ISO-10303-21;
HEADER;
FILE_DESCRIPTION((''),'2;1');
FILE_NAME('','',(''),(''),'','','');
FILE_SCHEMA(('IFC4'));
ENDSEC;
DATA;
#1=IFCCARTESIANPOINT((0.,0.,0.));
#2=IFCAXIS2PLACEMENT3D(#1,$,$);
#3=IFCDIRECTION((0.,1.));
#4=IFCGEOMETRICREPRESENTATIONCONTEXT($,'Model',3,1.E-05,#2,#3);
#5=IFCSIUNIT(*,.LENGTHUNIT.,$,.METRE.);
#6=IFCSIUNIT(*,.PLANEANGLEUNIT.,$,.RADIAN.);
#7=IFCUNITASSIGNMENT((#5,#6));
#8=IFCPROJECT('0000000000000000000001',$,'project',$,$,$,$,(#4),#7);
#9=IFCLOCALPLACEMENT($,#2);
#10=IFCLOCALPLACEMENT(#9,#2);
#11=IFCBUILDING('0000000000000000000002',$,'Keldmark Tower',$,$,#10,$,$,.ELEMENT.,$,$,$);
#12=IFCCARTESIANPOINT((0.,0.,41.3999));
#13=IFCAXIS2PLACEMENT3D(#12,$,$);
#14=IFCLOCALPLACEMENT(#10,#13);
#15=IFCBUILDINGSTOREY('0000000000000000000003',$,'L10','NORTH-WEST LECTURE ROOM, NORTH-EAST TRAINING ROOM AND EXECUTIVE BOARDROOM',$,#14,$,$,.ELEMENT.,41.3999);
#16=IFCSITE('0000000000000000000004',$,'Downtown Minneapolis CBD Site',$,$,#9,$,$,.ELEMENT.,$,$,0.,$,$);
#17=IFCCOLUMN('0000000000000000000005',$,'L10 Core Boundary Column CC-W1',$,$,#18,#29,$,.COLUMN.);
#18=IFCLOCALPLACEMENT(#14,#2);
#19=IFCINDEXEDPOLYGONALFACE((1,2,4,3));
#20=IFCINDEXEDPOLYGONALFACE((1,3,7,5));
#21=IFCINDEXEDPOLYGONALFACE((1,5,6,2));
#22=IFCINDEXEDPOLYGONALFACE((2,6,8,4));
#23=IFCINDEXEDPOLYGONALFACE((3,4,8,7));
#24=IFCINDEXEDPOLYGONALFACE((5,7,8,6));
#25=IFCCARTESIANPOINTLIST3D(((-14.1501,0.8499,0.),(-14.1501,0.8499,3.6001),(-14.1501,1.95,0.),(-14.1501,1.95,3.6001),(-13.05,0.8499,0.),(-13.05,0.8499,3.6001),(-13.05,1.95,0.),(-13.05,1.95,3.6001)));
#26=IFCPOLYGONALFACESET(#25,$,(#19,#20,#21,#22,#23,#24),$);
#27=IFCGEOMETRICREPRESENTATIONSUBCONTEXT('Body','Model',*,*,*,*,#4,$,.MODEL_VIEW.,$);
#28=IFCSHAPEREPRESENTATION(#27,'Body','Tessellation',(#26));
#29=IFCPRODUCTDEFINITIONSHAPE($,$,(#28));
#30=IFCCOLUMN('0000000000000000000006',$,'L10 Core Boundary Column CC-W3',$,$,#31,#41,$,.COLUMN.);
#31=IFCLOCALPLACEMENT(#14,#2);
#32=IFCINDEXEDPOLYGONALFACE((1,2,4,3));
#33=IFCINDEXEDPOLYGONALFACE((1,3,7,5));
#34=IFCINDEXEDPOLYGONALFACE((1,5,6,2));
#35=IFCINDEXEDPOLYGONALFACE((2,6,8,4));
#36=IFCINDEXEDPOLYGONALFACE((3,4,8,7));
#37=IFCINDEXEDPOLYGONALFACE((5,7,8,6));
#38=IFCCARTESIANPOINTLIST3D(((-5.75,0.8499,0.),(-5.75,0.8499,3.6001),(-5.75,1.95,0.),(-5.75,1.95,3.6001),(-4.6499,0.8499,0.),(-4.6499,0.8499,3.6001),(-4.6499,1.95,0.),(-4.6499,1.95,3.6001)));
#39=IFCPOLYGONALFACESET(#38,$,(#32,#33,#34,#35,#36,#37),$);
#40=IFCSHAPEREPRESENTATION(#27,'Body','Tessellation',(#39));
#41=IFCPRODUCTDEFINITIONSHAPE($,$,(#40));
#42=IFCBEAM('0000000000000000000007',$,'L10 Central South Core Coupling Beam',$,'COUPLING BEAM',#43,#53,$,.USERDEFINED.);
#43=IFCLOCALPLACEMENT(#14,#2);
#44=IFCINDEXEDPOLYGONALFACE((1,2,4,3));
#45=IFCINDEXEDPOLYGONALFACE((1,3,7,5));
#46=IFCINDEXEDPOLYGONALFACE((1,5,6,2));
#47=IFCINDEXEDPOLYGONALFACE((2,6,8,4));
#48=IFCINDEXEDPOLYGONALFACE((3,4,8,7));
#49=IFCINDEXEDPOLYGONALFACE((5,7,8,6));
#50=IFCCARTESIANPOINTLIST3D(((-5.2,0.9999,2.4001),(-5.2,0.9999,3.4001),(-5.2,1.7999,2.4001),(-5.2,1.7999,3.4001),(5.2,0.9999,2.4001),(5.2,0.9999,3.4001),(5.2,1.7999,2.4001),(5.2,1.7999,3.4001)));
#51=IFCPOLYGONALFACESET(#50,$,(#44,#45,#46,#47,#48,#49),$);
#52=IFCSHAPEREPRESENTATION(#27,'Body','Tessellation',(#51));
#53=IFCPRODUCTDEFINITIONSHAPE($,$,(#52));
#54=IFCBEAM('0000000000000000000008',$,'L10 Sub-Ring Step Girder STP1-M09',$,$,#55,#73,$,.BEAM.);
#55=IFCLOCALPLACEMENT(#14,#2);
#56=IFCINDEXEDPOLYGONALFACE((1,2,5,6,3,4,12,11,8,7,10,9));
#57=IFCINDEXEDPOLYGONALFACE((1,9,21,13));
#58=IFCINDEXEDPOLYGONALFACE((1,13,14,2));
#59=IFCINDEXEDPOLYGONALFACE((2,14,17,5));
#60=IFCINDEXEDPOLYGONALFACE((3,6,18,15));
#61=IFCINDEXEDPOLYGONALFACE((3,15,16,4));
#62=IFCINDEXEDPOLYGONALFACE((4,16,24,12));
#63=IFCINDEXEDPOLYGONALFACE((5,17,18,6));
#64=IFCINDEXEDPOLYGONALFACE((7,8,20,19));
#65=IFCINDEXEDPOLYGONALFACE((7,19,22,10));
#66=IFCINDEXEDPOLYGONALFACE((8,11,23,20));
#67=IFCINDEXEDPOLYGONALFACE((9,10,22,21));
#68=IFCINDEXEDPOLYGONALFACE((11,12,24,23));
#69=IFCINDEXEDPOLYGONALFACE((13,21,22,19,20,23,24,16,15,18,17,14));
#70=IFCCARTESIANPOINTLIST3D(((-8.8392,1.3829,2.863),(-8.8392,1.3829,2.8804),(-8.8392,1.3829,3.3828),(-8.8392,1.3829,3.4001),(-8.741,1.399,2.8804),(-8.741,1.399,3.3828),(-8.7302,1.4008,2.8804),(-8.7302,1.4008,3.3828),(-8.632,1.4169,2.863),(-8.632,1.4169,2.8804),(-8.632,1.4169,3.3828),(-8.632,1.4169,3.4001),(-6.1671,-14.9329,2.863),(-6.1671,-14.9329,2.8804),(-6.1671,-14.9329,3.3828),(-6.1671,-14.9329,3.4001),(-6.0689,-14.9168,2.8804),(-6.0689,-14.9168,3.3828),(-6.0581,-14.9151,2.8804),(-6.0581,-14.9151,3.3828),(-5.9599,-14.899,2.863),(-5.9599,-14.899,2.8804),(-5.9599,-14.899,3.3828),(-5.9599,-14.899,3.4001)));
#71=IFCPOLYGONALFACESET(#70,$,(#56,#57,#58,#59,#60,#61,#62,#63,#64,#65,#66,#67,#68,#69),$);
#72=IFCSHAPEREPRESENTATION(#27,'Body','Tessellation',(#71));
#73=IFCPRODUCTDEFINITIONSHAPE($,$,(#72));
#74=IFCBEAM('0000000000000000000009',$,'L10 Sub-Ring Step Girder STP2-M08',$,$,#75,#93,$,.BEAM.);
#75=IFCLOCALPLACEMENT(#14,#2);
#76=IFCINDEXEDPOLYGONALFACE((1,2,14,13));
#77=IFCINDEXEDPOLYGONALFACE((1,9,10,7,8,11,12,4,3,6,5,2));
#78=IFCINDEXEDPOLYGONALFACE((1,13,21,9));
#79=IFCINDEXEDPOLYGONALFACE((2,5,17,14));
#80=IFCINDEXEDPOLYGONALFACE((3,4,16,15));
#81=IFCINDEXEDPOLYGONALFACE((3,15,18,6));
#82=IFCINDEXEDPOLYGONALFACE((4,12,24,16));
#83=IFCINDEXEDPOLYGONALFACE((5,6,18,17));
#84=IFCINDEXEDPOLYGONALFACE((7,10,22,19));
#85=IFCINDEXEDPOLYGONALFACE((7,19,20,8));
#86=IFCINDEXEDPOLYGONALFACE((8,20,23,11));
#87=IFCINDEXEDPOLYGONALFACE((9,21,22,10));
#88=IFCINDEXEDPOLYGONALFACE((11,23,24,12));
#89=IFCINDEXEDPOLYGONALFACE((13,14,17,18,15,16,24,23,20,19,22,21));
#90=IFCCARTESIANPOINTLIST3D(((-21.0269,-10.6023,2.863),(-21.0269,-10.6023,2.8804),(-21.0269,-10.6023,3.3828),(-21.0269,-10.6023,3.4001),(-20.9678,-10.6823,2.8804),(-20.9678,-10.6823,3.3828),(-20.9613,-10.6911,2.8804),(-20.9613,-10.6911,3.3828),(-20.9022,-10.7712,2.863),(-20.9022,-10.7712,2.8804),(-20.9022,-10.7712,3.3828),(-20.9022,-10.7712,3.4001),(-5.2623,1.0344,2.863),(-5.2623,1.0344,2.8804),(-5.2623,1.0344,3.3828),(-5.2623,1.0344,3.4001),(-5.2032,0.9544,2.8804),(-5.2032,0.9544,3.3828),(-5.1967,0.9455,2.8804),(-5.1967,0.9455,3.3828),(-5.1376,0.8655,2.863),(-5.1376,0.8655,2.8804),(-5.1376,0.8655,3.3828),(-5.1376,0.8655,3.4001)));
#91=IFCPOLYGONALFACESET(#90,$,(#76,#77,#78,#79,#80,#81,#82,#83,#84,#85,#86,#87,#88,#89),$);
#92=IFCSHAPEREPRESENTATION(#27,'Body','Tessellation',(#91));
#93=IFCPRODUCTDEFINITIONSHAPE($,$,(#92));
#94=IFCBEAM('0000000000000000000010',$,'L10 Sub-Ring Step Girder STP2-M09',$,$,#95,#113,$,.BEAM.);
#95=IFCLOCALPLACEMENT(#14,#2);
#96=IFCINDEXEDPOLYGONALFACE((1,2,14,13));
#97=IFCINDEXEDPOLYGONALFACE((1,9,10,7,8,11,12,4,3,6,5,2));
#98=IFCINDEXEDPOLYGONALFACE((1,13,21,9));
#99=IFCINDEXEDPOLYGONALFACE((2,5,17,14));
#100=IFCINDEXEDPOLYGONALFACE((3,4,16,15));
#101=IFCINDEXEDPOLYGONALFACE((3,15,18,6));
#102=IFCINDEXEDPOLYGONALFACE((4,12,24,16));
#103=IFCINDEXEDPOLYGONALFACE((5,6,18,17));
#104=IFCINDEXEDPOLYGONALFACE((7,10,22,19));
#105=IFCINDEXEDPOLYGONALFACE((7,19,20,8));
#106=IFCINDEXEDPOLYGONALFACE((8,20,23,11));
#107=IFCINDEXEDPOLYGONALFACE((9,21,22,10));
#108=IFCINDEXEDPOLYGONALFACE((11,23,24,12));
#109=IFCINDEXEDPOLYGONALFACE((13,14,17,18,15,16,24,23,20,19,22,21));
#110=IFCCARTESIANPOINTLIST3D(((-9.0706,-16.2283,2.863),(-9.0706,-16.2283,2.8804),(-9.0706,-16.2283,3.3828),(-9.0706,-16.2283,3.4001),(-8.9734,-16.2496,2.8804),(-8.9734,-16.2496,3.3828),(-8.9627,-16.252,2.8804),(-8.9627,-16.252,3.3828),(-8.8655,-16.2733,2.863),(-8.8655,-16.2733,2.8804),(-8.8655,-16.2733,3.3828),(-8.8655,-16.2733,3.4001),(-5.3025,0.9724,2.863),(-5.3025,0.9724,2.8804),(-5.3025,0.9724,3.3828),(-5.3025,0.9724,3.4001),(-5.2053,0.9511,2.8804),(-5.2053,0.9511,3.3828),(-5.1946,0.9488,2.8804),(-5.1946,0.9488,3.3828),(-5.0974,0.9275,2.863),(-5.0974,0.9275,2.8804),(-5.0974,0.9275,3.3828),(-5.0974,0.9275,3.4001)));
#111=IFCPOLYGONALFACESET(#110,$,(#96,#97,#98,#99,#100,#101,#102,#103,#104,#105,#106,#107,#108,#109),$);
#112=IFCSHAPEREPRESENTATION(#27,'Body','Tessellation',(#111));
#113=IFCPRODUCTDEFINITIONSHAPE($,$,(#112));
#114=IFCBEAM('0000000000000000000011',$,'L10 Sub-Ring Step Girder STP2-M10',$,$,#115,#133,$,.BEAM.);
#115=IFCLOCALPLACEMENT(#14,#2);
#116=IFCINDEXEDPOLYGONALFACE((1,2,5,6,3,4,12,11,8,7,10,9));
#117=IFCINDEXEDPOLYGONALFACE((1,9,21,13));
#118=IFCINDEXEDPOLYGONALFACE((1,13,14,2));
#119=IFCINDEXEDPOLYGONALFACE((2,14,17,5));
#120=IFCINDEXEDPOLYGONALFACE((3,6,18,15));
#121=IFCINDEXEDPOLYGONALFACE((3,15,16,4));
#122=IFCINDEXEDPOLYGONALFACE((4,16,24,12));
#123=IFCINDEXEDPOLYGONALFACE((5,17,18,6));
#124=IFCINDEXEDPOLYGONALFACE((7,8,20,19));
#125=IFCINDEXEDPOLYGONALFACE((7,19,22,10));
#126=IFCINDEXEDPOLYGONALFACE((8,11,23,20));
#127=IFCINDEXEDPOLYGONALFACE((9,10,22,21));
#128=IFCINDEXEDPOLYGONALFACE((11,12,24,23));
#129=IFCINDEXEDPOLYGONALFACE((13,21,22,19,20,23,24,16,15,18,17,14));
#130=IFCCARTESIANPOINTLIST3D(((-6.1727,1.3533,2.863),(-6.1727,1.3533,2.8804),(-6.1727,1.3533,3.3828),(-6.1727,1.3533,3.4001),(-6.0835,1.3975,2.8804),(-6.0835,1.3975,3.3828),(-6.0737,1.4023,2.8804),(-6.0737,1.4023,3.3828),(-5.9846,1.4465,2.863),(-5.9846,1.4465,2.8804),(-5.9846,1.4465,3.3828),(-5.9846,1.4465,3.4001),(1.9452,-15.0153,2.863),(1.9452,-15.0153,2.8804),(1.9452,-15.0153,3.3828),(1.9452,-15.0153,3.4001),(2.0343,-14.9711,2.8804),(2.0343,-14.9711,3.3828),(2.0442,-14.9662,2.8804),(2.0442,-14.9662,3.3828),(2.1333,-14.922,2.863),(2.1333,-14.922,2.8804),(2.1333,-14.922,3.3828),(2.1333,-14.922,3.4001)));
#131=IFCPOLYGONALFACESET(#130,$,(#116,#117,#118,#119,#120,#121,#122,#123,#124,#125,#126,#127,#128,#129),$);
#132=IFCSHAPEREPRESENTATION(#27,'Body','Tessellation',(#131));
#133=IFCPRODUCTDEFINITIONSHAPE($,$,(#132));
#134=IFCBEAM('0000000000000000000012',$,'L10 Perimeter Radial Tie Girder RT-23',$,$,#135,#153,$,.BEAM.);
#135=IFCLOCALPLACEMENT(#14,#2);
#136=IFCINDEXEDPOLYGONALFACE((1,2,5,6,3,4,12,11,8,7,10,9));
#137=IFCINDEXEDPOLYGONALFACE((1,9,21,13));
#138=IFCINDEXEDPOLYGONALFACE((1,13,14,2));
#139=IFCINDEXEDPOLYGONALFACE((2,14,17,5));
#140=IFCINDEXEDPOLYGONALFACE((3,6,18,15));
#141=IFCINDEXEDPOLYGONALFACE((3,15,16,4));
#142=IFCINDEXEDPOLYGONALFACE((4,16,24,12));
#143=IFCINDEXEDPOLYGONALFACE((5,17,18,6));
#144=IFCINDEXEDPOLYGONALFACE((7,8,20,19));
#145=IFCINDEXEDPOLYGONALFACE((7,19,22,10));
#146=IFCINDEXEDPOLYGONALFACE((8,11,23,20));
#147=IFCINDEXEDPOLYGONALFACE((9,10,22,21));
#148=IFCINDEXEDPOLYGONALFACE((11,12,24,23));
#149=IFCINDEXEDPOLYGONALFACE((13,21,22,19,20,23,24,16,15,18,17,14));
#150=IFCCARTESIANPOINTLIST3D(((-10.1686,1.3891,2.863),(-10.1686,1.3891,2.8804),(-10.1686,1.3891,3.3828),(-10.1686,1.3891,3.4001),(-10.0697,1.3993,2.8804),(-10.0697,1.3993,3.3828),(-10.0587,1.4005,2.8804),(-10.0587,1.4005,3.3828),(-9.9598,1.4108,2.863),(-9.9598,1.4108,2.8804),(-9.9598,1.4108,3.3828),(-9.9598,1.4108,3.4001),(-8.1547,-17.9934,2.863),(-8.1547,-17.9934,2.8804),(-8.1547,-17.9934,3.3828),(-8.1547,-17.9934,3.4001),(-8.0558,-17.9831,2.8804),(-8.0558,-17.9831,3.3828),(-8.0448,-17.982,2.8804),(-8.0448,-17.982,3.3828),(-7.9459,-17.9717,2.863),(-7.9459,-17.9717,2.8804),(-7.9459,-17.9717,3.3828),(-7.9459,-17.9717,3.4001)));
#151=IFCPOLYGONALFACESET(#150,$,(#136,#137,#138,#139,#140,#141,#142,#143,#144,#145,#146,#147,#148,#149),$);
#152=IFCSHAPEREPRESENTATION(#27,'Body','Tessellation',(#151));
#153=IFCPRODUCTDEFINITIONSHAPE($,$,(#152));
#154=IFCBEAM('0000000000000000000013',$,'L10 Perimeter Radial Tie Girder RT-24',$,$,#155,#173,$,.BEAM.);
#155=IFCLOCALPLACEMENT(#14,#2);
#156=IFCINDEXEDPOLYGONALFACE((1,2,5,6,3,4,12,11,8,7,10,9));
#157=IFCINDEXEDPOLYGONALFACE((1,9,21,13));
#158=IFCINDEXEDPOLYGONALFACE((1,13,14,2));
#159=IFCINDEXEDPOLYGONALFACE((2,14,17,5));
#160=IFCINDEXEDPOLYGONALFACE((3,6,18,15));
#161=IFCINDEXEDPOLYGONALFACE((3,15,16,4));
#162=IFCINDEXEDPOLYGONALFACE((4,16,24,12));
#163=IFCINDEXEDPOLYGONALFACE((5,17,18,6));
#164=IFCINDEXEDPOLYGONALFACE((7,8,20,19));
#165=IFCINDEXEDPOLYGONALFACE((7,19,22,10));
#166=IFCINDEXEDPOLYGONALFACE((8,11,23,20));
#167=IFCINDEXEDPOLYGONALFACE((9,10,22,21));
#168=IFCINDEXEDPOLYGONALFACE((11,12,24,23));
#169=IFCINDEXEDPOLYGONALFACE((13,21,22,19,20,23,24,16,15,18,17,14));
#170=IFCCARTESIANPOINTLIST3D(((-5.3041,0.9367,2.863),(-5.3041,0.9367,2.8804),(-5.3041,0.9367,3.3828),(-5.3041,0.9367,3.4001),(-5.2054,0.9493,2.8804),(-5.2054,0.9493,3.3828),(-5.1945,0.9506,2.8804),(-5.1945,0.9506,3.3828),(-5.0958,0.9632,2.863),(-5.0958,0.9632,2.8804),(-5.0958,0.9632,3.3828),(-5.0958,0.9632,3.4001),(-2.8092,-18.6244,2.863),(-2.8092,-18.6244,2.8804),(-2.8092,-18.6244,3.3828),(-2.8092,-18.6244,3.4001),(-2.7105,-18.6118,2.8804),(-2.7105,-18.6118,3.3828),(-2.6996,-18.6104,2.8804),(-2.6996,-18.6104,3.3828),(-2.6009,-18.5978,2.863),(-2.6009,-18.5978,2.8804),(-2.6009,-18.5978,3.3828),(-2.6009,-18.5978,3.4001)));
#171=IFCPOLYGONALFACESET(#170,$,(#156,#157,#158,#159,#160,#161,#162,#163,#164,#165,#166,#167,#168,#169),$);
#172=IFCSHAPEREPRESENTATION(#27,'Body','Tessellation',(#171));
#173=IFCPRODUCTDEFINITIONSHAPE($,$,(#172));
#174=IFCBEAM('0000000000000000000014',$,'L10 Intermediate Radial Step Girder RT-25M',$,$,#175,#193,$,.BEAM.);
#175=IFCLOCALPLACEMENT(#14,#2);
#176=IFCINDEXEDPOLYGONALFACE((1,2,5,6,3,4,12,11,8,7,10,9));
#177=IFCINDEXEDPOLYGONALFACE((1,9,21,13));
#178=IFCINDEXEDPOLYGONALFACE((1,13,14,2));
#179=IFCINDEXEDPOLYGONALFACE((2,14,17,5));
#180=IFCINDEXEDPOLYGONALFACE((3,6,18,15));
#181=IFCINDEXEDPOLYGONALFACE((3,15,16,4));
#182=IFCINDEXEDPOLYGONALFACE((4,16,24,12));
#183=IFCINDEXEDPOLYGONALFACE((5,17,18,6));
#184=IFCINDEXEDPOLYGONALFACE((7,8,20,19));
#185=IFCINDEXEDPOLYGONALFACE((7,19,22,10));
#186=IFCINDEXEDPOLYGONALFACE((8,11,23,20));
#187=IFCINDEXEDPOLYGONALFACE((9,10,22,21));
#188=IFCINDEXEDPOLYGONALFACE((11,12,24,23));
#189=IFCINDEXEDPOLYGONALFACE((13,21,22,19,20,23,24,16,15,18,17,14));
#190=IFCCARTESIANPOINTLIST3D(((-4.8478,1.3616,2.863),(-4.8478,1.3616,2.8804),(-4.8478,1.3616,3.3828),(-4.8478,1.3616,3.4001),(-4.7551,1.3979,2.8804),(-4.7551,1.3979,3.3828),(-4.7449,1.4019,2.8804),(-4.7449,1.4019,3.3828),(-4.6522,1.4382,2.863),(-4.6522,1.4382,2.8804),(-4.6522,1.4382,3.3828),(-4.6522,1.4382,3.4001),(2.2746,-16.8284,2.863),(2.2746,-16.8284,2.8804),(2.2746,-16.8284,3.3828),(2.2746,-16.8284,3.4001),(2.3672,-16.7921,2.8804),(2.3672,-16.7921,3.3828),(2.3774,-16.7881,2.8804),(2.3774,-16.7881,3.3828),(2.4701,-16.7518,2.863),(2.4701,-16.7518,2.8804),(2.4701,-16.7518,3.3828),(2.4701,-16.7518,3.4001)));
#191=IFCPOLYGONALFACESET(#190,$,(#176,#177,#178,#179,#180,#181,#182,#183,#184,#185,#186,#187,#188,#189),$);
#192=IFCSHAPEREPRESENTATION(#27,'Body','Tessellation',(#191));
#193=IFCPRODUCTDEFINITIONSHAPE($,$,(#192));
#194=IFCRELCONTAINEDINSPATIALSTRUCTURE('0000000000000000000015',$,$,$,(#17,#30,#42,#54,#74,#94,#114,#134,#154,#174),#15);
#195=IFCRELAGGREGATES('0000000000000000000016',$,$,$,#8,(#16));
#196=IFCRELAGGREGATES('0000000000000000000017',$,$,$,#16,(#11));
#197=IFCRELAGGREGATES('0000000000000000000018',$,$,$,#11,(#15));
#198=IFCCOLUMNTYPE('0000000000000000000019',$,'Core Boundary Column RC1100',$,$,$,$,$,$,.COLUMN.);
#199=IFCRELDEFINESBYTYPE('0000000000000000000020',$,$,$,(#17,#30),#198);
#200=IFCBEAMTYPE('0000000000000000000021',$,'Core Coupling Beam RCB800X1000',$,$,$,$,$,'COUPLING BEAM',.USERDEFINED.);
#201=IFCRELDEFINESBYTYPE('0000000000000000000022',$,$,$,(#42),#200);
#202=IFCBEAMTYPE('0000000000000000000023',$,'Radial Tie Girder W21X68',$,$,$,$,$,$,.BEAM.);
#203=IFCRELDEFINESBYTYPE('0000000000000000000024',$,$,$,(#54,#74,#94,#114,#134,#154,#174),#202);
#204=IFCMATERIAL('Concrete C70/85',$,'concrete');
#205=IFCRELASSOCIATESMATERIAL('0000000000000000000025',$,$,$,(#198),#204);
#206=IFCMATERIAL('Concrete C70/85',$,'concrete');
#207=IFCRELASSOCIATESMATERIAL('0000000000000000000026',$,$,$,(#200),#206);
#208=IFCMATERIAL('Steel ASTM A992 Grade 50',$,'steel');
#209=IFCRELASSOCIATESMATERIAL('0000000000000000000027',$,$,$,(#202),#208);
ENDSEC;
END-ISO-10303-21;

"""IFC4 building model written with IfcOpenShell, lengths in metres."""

from ifc_helpers import new_model, si_unit, direction, frame, origin, origin_2d, place, context, subcontext, project, spatial, rectangle, i_section, extrude, material, material_profile, profile_set, type_object, element, save


model = new_model("IFC4")

# Units and contexts
model_context = context("Model", 3, precision=1e-05, world=origin(), true_north=direction((0.0, 1.0)))
body_context = subcontext(model_context, "Body", "Model", "MODEL_VIEW")
ifc_project = project(units=[si_unit("LENGTHUNIT", "METRE"), si_unit("PLANEANGLEUNIT", "RADIAN")], contexts=[model_context])

# Site, building, storey
site_placement = place(None, origin())
site = spatial("IfcSite", under=ifc_project, at=site_placement, Name="Downtown Minneapolis CBD Site", CompositionType="ELEMENT", RefElevation=0.0)
building_placement = place(site_placement, origin())
building = spatial("IfcBuilding", under=site, at=building_placement, Name="Keldmark Tower", CompositionType="ELEMENT")
storey_placement = place(building_placement, frame((0.0, 0.0, 41.3999)))
storey = spatial("IfcBuildingStorey", under=building, at=storey_placement, Name="L10", Description="NORTH-WEST LECTURE ROOM, NORTH-EAST TRAINING ROOM AND EXECUTIVE BOARDROOM", CompositionType="ELEMENT", Elevation=41.3999)

# Columns
ifc_material_1 = material(Name="Concrete C70/85", Category="concrete")
ifc_material_profile_1 = material_profile(ifc_material_1, rectangle(XDim=1.1001, YDim=1.1001, at=origin_2d()), Name="RC1100X1100")
ifc_profile_set_1 = profile_set([ifc_material_profile_1], Name="Concrete C70/85")
column_type = type_object("IfcColumnType", Name="Core Boundary Column RC1100", PredefinedType="COLUMN", material=ifc_profile_set_1)
for number, where, z_axis, x_axis, name in (
    (1, (-13.6001, 1.3999, 0.0), (0.0, 0.0, 1.0), (1.0, 0.0, 0.0), "L10 Core Boundary Column CC-W1"),
    (2, (-5.2, 1.3999, 0.0), (0.0, 0.0, 1.0), (1.0, 0.0, 0.0), "L10 Core Boundary Column CC-W3"),
):
    element("IfcColumn", number, at=place(storey_placement, frame(where, z_axis=z_axis, x_axis=x_axis)), inside=storey, type_object=column_type, Name=name, PredefinedType="COLUMN", context=body_context, shape_type="SweptSolid", body=[
        extrude(rectangle(XDim=1.1001, YDim=1.1001, at=origin_2d()), origin(), (0.0, 0.0, 1.0), 3.6001),
    ])

# Beams
ifc_material_2 = material(Name="Concrete C70/85", Category="concrete")
ifc_material_profile_2 = material_profile(ifc_material_2, rectangle(XDim=0.8, YDim=1.0, at=origin_2d()), Name="RCB800X1000")
ifc_profile_set_2 = profile_set([ifc_material_profile_2], Name="Concrete C70/85")
beam_type_1 = type_object("IfcBeamType", Name="Core Coupling Beam RCB800X1000", ElementType="COUPLING BEAM", PredefinedType="USERDEFINED", material=ifc_profile_set_2)
beam_1_placement = place(storey_placement, frame((-5.2, 1.3999, 2.9001), z_axis=(1.0, 0.0, 0.0), x_axis=(0.0, 1.0, 0.0)))
element("IfcBeam", 3, at=beam_1_placement, inside=storey, type_object=beam_type_1, Name="L10 Central South Core Coupling Beam", ObjectType="COUPLING BEAM", PredefinedType="USERDEFINED", context=body_context, shape_type="SweptSolid", body=[
    extrude(rectangle(XDim=0.8, YDim=1.0, at=origin_2d()), origin(), (0.0, 0.0, 1.0), 10.3999),
])
ifc_material_3 = material(Name="Steel ASTM A992 Grade 50", Category="steel")
ifc_material_profile_3 = material_profile(ifc_material_3, i_section(OverallWidth=0.21, OverallDepth=0.5371, WebThickness=0.011, FlangeThickness=0.0173, at=origin_2d()), Name="W21X68")
ifc_profile_set_3 = profile_set([ifc_material_profile_3], Name="Steel ASTM A992 Grade 50")
beam_type_2 = type_object("IfcBeamType", Name="Radial Tie Girder W21X68", PredefinedType="BEAM", material=ifc_profile_set_3)
beam_2_placement = place(storey_placement, frame((-8.7356, 1.3999, 3.1316), z_axis=(0.161621, -0.986853, 0.0), x_axis=(0.986853, 0.161621, 0.0)))
element("IfcBeam", 4, at=beam_2_placement, inside=storey, type_object=beam_type_2, Name="L10 Sub-Ring Step Girder STP1-M09", PredefinedType="BEAM", context=body_context, shape_type="SweptSolid", body=[
    extrude(i_section(OverallWidth=0.21, OverallDepth=0.5371, WebThickness=0.011, FlangeThickness=0.0173, at=origin_2d()), origin(), (0.0, 0.0, 1.0), 16.5332),
])
beam_3_placement = place(storey_placement, frame((-5.2, 0.95, 3.1316), z_axis=(-0.804552, -0.593882, 0.0), x_axis=(0.593882, -0.804552, 0.0)))
element("IfcBeam", 5, at=beam_3_placement, inside=storey, type_object=beam_type_2, Name="L10 Sub-Ring Step Girder STP2-M08", PredefinedType="BEAM", context=body_context, shape_type="SweptSolid", body=[
    extrude(i_section(OverallWidth=0.21, OverallDepth=0.5371, WebThickness=0.011, FlangeThickness=0.0173, at=origin_2d()), origin(), (0.0, 0.0, 1.0), 19.5942),
])
beam_4_placement = place(storey_placement, frame((-5.2, 0.95, 3.1316), z_axis=(-0.21399, -0.976836, 0.0), x_axis=(0.976836, -0.21399, 0.0)))
element("IfcBeam", 6, at=beam_4_placement, inside=storey, type_object=beam_type_2, Name="L10 Sub-Ring Step Girder STP2-M09", PredefinedType="BEAM", context=body_context, shape_type="SweptSolid", body=[
    extrude(i_section(OverallWidth=0.21, OverallDepth=0.5371, WebThickness=0.011, FlangeThickness=0.0173, at=origin_2d()), origin(), (0.0, 0.0, 1.0), 17.6086),
])
beam_5_placement = place(storey_placement, frame((-6.0786, 1.3999, 3.1316), z_axis=(0.444304, -0.895876, 0.0), x_axis=(0.895876, 0.444304, 0.0)))
element("IfcBeam", 7, at=beam_5_placement, inside=storey, type_object=beam_type_2, Name="L10 Sub-Ring Step Girder STP2-M10", PredefinedType="BEAM", context=body_context, shape_type="SweptSolid", body=[
    extrude(i_section(OverallWidth=0.21, OverallDepth=0.5371, WebThickness=0.011, FlangeThickness=0.0173, at=origin_2d()), origin(), (0.0, 0.0, 1.0), 18.271),
])
beam_6_placement = place(storey_placement, frame((-10.0642, 1.3999, 3.1316), z_axis=(0.103347, -0.994645, 0.0), x_axis=(0.994645, 0.103347, 0.0)))
element("IfcBeam", 8, at=beam_6_placement, inside=storey, type_object=beam_type_2, Name="L10 Perimeter Radial Tie Girder RT-23", PredefinedType="BEAM", context=body_context, shape_type="SweptSolid", body=[
    extrude(i_section(OverallWidth=0.21, OverallDepth=0.5371, WebThickness=0.011, FlangeThickness=0.0173, at=origin_2d()), origin(), (0.0, 0.0, 1.0), 19.4868),
])
beam_7_placement = place(storey_placement, frame((-5.2, 0.95, 3.1316), z_axis=(0.126518, -0.991964, 0.0), x_axis=(0.991964, 0.126518, 0.0)))
element("IfcBeam", 9, at=beam_7_placement, inside=storey, type_object=beam_type_2, Name="L10 Perimeter Radial Tie Girder RT-24", PredefinedType="BEAM", context=body_context, shape_type="SweptSolid", body=[
    extrude(i_section(OverallWidth=0.21, OverallDepth=0.5371, WebThickness=0.011, FlangeThickness=0.0173, at=origin_2d()), origin(), (0.0, 0.0, 1.0), 19.7195),
])
beam_8_placement = place(storey_placement, frame((-4.75, 1.3999, 3.1316), z_axis=(0.3646, -0.931164, 0.0), x_axis=(0.931164, 0.3646, 0.0)))
element("IfcBeam", 10, at=beam_8_placement, inside=storey, type_object=beam_type_2, Name="L10 Intermediate Radial Step Girder RT-25M", PredefinedType="BEAM", context=body_context, shape_type="SweptSolid", body=[
    extrude(i_section(OverallWidth=0.21, OverallDepth=0.5371, WebThickness=0.011, FlangeThickness=0.0173, at=origin_2d()), origin(), (0.0, 0.0, 1.0), 19.5347),
])

save(model, "model.ifc")
